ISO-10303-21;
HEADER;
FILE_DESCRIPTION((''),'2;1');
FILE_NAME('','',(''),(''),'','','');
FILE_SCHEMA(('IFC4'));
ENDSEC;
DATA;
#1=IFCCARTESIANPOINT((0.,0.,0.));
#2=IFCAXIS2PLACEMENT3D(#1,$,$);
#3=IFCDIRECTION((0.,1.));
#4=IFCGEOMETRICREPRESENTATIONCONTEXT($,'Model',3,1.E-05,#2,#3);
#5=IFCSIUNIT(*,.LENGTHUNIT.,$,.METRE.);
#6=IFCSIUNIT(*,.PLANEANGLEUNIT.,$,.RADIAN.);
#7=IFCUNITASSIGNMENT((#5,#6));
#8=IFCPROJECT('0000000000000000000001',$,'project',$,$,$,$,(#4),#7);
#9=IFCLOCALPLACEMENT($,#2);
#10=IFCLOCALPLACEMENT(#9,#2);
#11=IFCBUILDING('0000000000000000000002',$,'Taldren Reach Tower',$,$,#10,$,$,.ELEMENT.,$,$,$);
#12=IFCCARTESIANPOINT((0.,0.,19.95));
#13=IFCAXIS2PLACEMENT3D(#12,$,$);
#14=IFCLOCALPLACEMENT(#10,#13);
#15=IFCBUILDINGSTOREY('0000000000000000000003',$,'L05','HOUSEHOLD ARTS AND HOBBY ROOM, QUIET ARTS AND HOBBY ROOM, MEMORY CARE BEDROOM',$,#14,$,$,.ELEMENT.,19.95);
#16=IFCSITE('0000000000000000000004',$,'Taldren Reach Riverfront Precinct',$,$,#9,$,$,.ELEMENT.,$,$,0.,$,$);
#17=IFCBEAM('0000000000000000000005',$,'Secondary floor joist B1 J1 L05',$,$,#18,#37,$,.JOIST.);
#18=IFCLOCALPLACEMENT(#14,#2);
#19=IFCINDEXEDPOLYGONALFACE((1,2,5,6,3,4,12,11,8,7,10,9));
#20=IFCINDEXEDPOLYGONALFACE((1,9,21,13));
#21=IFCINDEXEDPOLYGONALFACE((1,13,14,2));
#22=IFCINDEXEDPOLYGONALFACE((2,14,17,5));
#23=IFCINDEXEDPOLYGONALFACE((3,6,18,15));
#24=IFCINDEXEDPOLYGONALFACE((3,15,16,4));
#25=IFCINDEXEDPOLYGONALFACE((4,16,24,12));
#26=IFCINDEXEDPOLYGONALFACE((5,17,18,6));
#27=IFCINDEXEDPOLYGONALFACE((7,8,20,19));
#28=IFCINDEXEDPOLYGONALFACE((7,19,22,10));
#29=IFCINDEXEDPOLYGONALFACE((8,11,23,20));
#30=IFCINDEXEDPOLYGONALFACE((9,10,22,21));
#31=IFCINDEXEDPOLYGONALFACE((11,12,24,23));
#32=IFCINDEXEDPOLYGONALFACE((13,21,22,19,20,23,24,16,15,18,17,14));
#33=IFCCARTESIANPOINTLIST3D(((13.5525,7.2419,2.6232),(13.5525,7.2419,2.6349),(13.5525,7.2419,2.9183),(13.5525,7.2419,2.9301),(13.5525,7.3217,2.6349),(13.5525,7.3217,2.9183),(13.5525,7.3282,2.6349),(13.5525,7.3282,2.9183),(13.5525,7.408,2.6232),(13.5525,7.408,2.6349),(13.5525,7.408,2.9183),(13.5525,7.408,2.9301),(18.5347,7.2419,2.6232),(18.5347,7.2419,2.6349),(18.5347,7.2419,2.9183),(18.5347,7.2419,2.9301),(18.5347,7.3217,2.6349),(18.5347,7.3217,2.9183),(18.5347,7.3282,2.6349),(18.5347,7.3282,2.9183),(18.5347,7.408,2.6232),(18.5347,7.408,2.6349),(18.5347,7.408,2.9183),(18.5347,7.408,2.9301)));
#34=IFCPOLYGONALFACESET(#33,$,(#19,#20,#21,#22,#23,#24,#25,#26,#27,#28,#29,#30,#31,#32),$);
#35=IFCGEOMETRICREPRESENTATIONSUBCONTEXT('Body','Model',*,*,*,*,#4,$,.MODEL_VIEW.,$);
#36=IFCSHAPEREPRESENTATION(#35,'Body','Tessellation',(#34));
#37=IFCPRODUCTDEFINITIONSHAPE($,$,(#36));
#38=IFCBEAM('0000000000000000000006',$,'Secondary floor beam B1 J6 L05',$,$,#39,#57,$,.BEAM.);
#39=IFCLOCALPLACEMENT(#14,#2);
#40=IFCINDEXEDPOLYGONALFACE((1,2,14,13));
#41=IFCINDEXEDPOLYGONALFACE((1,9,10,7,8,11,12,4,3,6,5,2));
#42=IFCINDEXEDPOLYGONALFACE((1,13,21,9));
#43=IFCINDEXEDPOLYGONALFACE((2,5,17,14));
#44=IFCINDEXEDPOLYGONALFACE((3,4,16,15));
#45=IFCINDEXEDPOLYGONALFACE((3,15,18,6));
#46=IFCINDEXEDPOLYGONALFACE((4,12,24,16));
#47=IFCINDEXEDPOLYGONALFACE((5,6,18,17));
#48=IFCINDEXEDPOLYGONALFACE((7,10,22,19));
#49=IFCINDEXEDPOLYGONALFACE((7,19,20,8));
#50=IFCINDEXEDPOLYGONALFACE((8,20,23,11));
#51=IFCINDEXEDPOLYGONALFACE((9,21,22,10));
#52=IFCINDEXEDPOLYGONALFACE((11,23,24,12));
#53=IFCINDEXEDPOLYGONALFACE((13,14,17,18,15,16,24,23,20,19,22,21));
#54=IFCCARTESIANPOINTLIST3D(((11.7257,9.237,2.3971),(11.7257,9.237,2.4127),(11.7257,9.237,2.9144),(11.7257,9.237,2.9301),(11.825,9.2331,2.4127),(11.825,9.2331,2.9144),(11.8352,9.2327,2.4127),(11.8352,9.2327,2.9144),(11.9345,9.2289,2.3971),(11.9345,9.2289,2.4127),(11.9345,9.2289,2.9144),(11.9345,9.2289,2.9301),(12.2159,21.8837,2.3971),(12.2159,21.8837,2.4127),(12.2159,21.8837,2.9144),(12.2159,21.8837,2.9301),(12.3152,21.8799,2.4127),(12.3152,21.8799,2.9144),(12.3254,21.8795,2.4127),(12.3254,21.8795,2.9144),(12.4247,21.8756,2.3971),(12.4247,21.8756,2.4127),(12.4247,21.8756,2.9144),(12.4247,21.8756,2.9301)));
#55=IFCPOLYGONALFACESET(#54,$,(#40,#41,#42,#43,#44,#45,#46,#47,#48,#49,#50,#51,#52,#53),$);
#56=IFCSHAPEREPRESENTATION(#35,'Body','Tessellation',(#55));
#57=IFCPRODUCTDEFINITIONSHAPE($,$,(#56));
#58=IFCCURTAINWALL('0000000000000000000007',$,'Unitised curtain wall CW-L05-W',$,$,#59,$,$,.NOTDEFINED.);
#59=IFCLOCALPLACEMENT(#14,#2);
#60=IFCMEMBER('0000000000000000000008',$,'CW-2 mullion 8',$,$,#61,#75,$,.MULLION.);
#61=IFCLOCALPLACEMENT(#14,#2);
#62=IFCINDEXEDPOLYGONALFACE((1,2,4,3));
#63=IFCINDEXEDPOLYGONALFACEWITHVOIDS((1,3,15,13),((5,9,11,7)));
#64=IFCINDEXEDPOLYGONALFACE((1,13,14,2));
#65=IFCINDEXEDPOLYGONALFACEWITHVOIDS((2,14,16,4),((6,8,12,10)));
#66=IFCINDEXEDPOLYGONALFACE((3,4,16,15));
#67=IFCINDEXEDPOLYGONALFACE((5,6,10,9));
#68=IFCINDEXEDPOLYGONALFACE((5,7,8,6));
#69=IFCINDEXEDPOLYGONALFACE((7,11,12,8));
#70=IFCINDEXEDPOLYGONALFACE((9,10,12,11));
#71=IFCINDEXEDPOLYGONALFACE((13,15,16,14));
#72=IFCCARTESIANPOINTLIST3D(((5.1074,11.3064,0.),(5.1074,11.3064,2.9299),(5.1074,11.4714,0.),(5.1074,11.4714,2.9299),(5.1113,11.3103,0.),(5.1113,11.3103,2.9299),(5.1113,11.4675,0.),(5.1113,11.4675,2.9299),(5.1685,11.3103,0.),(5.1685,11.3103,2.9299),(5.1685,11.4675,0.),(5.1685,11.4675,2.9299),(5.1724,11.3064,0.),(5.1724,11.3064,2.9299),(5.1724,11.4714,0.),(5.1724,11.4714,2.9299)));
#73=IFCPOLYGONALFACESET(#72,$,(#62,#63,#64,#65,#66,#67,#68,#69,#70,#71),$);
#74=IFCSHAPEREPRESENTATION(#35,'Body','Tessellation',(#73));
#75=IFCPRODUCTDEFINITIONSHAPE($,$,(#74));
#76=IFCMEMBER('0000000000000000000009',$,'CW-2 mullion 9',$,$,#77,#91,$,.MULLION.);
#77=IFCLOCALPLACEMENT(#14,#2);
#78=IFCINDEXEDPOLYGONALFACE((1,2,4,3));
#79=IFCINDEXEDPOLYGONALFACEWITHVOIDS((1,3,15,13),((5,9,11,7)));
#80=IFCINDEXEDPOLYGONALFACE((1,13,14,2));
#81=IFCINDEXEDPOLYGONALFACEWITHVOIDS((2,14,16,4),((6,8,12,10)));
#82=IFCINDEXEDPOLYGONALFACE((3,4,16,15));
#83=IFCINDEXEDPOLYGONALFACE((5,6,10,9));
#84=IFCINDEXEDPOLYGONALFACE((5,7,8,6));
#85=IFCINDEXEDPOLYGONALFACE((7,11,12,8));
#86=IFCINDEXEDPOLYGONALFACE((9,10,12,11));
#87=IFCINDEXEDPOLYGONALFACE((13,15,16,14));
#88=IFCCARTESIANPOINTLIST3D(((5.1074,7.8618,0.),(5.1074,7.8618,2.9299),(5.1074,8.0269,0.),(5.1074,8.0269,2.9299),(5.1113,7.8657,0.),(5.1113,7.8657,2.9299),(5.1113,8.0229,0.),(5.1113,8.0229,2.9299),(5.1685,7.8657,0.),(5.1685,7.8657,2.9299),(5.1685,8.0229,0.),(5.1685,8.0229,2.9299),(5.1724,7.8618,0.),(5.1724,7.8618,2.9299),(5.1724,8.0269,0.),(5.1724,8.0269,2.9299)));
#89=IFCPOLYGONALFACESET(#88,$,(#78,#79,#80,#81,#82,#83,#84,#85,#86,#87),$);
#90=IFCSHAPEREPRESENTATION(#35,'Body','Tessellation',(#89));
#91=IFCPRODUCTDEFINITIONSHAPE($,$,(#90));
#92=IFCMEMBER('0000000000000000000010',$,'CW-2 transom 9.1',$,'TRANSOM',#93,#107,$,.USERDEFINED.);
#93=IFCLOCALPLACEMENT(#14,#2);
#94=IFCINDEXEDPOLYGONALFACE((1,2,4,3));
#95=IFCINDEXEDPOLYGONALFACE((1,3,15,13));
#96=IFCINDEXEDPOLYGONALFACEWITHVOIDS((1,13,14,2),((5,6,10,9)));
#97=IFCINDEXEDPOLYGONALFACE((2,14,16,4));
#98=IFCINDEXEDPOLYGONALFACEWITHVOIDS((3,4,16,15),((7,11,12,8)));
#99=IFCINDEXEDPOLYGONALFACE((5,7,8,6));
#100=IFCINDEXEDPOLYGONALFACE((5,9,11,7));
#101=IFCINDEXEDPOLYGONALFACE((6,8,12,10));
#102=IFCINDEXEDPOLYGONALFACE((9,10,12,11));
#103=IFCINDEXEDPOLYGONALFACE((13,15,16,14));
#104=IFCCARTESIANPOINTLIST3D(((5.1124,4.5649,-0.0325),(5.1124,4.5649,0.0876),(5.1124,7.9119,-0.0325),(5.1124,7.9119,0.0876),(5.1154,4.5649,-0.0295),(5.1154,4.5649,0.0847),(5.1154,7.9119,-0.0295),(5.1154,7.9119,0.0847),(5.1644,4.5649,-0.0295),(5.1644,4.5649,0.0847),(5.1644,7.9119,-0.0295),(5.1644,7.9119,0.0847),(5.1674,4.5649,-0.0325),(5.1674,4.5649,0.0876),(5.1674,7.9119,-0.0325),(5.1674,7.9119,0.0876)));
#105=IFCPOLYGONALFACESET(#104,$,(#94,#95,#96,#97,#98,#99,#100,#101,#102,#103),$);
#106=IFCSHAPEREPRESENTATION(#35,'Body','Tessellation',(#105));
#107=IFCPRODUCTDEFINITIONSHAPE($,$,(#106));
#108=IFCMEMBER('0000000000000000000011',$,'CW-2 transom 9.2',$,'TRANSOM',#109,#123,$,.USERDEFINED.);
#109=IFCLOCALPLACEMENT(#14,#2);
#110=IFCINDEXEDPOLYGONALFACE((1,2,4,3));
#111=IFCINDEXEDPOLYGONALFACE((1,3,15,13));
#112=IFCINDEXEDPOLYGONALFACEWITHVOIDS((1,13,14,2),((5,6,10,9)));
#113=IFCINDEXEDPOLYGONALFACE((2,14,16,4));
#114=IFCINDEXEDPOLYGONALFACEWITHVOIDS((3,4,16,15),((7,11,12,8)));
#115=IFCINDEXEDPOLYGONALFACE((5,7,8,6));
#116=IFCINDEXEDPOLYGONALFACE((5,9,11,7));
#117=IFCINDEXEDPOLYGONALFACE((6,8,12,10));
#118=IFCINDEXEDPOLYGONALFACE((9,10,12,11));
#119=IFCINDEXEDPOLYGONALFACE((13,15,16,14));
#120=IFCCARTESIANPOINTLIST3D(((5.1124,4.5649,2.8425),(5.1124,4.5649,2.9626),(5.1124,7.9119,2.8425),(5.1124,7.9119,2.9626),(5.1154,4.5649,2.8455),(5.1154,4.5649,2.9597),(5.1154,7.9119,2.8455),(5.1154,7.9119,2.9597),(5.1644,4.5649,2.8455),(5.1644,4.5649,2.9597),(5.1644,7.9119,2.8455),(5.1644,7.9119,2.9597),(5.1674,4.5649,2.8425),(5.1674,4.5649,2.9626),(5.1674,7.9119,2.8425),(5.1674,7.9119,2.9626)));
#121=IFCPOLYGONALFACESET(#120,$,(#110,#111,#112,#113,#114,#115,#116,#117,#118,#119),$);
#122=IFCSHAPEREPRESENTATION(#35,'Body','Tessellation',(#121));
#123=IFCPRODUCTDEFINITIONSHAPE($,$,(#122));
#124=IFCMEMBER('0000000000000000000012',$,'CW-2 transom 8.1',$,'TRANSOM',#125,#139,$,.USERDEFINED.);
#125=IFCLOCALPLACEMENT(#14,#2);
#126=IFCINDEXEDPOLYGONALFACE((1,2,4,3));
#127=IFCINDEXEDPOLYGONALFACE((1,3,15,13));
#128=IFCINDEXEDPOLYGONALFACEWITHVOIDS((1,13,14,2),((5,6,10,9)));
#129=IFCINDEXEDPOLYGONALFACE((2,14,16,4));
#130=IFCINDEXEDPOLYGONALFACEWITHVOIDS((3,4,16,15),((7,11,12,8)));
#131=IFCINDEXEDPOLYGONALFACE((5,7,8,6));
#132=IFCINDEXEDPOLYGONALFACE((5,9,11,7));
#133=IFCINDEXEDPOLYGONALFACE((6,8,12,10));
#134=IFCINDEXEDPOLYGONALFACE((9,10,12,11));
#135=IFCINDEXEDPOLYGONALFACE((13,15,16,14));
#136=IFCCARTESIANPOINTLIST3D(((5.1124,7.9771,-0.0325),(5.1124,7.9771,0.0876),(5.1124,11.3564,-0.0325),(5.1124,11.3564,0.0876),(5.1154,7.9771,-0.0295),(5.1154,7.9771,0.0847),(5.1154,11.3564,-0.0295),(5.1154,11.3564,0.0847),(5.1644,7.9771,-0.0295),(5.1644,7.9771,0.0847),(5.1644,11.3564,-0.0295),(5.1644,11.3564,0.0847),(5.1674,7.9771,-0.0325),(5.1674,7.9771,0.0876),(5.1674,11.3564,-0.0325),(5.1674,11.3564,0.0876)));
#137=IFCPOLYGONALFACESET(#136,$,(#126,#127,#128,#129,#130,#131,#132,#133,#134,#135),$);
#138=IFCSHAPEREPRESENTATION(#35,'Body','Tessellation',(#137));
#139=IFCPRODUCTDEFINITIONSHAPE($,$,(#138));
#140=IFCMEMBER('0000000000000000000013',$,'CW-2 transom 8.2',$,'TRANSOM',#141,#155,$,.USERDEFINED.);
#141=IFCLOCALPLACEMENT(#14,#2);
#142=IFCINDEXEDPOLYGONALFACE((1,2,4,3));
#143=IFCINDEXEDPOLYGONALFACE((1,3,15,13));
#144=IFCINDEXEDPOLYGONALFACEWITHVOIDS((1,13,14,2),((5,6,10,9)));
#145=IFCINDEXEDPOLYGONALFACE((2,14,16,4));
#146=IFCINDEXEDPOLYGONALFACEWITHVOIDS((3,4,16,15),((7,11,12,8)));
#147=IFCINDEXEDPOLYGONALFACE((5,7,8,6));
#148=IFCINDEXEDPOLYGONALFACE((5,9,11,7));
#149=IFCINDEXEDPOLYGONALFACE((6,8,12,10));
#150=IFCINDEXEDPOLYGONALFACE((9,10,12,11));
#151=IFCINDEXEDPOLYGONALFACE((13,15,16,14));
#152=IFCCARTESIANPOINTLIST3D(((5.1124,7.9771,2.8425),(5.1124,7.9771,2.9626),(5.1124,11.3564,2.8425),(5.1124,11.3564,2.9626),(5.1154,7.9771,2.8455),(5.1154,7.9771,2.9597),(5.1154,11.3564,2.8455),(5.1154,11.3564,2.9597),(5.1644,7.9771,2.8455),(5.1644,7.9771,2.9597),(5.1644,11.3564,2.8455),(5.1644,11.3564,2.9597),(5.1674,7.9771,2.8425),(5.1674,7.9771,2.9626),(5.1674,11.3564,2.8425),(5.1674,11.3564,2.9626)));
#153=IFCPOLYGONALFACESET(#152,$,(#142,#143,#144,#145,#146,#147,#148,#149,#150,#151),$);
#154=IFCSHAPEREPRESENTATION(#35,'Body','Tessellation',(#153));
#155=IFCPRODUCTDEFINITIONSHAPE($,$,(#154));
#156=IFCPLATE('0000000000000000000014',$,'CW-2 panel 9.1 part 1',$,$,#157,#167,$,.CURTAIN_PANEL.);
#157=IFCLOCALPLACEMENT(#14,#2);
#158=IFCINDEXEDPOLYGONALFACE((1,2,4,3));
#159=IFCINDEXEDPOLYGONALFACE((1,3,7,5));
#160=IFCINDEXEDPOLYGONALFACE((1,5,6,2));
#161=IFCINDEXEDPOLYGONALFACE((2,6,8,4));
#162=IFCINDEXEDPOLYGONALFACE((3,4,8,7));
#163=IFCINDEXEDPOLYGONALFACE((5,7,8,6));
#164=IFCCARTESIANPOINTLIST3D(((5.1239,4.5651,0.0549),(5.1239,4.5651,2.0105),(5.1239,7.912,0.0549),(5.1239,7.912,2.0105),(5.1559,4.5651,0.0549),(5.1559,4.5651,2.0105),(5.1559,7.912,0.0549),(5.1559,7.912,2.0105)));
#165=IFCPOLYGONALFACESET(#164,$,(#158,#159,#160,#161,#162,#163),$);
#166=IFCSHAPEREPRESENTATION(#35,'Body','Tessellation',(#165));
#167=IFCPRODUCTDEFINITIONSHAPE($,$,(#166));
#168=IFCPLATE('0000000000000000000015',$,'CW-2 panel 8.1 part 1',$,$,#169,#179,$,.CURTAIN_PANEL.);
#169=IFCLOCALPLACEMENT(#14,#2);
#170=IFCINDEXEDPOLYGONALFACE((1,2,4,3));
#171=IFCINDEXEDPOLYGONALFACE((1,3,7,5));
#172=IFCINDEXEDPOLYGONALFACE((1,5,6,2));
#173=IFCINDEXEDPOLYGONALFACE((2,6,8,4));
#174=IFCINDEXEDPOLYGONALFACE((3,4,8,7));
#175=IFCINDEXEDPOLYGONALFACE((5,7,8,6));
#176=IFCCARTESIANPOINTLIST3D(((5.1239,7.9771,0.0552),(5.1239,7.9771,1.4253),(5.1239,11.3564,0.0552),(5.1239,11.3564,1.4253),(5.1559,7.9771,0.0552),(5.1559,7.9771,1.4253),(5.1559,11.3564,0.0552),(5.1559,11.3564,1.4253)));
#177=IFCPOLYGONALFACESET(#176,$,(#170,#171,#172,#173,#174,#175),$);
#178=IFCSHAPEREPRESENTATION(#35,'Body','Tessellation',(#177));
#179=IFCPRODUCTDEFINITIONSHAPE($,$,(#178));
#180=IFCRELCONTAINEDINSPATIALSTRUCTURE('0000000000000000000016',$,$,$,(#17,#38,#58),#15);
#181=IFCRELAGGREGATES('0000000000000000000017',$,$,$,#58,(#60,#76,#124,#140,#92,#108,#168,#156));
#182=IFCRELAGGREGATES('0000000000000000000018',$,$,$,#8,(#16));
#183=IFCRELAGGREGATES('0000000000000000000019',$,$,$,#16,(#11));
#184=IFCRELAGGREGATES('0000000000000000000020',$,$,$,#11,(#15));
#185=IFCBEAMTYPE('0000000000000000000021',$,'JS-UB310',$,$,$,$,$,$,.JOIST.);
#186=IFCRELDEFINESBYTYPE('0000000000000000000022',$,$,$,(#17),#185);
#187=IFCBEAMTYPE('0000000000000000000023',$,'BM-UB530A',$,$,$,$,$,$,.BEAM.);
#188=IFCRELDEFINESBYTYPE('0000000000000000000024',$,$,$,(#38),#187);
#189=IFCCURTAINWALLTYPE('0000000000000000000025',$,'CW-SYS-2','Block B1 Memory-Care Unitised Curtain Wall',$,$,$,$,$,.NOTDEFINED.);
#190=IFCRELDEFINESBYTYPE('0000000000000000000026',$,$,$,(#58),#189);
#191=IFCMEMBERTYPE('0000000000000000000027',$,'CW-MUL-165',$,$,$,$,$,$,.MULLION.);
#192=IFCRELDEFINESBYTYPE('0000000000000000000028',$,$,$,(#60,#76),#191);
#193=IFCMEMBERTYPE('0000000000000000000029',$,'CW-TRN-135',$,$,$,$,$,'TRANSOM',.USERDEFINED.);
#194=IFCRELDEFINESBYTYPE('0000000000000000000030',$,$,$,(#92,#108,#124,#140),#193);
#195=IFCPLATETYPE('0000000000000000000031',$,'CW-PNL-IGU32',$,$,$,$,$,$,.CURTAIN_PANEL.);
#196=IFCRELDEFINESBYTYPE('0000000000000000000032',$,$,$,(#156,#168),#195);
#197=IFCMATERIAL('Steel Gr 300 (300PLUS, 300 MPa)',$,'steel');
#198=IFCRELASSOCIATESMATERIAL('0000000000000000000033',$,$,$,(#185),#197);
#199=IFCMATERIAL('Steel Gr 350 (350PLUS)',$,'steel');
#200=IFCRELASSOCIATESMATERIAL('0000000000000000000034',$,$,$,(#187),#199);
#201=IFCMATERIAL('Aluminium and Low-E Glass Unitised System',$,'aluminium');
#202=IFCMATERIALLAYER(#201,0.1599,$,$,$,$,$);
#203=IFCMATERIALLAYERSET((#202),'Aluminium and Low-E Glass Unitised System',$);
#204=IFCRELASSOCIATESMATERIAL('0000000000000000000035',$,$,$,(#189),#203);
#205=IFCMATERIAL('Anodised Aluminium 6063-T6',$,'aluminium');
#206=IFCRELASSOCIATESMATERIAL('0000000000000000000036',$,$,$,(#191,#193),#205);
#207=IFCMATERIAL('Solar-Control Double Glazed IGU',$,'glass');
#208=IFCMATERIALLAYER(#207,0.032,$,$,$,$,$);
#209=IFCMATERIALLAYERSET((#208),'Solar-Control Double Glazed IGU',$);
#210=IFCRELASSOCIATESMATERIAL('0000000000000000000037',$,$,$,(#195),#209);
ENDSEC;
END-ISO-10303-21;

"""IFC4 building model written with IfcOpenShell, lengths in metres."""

from ifc_helpers import new_model, si_unit, direction, frame, origin, origin_2d, place, context, subcontext, project, spatial, rectangle, hollow_rectangle, i_section, extrude, source, transform, mapped, material, layer, layer_set, material_profile, profile_set, type_object, element, aggregate, save


model = new_model("IFC4")

# Units and contexts
model_context = context("Model", 3, precision=1e-05, world=origin(), true_north=direction((0.0, 1.0)))
body_context = subcontext(model_context, "Body", "Model", "MODEL_VIEW")
ifc_project = project(units=[si_unit("LENGTHUNIT", "METRE"), si_unit("PLANEANGLEUNIT", "RADIAN")], contexts=[model_context])

# Site, building, storey
site_placement = place(None, origin())
site = spatial("IfcSite", under=ifc_project, at=site_placement, Name="Taldren Reach Riverfront Precinct", CompositionType="ELEMENT", RefElevation=0.0)
building_placement = place(site_placement, origin())
building = spatial("IfcBuilding", under=site, at=building_placement, Name="Taldren Reach Tower", CompositionType="ELEMENT")
storey_placement = place(building_placement, frame((0.0, 0.0, 19.95)))
storey = spatial("IfcBuildingStorey", under=building, at=storey_placement, Name="L05", Description="HOUSEHOLD ARTS AND HOBBY ROOM, QUIET ARTS AND HOBBY ROOM, MEMORY CARE BEDROOM", CompositionType="ELEMENT", Elevation=19.95)

# Beams
ifc_material_1 = material(Name="Steel Gr 300 (300PLUS, 300 MPa)", Category="steel")
ifc_material_profile_1 = material_profile(ifc_material_1, i_section(OverallWidth=0.166, OverallDepth=0.3069, WebThickness=0.0066, FlangeThickness=0.0117, at=origin_2d()), Name="310UB46.2")
ifc_profile_set_1 = profile_set([ifc_material_profile_1], Name="Steel Gr 300 (300PLUS, 300 MPa)")
beam_type_1 = type_object("IfcBeamType", Name="JS-UB310", PredefinedType="JOIST", material=ifc_profile_set_1)
shared_shape_1 = source(origin(), body_context, "Body", "SweptSolid", [
    extrude(i_section(OverallWidth=0.166, OverallDepth=0.3069, WebThickness=0.0066, FlangeThickness=0.0117, at=origin_2d()), origin(), (0.0, 0.0, 1.0), 4.9822),
])
beam_1_placement = place(storey_placement, frame((13.5525, 7.325, 2.7766), z_axis=(1.0, 0.0, 0.0), x_axis=(0.0, 1.0, 0.0)))
element("IfcBeam", 1, at=beam_1_placement, inside=storey, type_object=beam_type_1, Name="Secondary floor joist B1 J1 L05", PredefinedType="JOIST", context=body_context, shape_type="MappedRepresentation", body=[
    mapped(shared_shape_1, transform((0.0, 0.0, 0.0), scale=1.0)),
])
ifc_material_2 = material(Name="Steel Gr 350 (350PLUS)", Category="steel")
ifc_material_profile_2 = material_profile(ifc_material_2, i_section(OverallWidth=0.209, OverallDepth=0.533, WebThickness=0.0103, FlangeThickness=0.0156, at=origin_2d()), Name="530UB92.4")
ifc_profile_set_2 = profile_set([ifc_material_profile_2], Name="Steel Gr 350 (350PLUS)")
beam_type_2 = type_object("IfcBeamType", Name="BM-UB530A", PredefinedType="BEAM", material=ifc_profile_set_2)
shared_shape_2 = source(origin(), body_context, "Body", "SweptSolid", [
    extrude(i_section(OverallWidth=0.209, OverallDepth=0.533, WebThickness=0.0103, FlangeThickness=0.0156, at=origin_2d()), origin(), (0.0, 0.0, 1.0), 12.6562),
])
beam_2_placement = place(storey_placement, frame((11.8301, 9.2329, 2.6636), z_axis=(0.038735, 0.99925, 0.0), x_axis=(-0.99925, 0.038735, 0.0)))
element("IfcBeam", 2, at=beam_2_placement, inside=storey, type_object=beam_type_2, Name="Secondary floor beam B1 J6 L05", PredefinedType="BEAM", context=body_context, shape_type="MappedRepresentation", body=[
    mapped(shared_shape_2, transform((0.0, 0.0, 0.0), scale=1.0)),
])

# Curtain wall, members, plates
ifc_material_3 = material(Name="Aluminium and Low-E Glass Unitised System", Category="aluminium")
ifc_layer_1 = layer(ifc_material_3, 0.1599)
ifc_layer_set_1 = layer_set([ifc_layer_1], Name="Aluminium and Low-E Glass Unitised System")
curtain_wall_type = type_object("IfcCurtainWallType", Name="CW-SYS-2", Description="Block B1 Memory-Care Unitised Curtain Wall", PredefinedType="NOTDEFINED", material=ifc_layer_set_1)
curtain_wall_placement = place(storey_placement, origin())
curtain_wall = element("IfcCurtainWall", 3, at=curtain_wall_placement, inside=storey, type_object=curtain_wall_type, Name="Unitised curtain wall CW-L05-W", PredefinedType="NOTDEFINED")
ifc_material_4 = material(Name="Anodised Aluminium 6063-T6", Category="aluminium")
ifc_material_profile_3 = material_profile(ifc_material_4, hollow_rectangle(XDim=0.0649, YDim=0.165, WallThickness=0.0039, at=origin_2d()), Name="ALU-165x65x4RHS")
ifc_profile_set_3 = profile_set([ifc_material_profile_3], Name="Anodised Aluminium 6063-T6")
member_type_1 = type_object("IfcMemberType", Name="CW-MUL-165", PredefinedType="MULLION", material=ifc_profile_set_3)
shared_shape_3 = source(origin(), body_context, "Body", "SweptSolid", [
    extrude(hollow_rectangle(XDim=0.0649, YDim=0.165, WallThickness=0.0039, at=origin_2d()), origin(), (0.0, 0.0, 1.0), 2.9299),
])
member_1_placement = place(storey_placement, frame((5.1399, 11.3889, 0.0), z_axis=(0.0, 0.0, 1.0), x_axis=(1.0, 0.0, 0.0)))
member_1 = element("IfcMember", 4, at=member_1_placement, type_object=member_type_1, Name="CW-2 mullion 8", PredefinedType="MULLION", context=body_context, shape_type="MappedRepresentation", body=[
    mapped(shared_shape_3, transform((0.0, 0.0, 0.0), scale=1.0)),
])
member_2_placement = place(storey_placement, frame((5.1399, 7.9443, 0.0), z_axis=(0.0, 0.0, 1.0), x_axis=(1.0, 0.0, 0.0)))
member_2 = element("IfcMember", 5, at=member_2_placement, type_object=member_type_1, Name="CW-2 mullion 9", PredefinedType="MULLION", context=body_context, shape_type="MappedRepresentation", body=[
    mapped(shared_shape_3, transform((0.0, 0.0, 0.0), scale=1.0)),
])
ifc_material_profile_4 = material_profile(ifc_material_4, hollow_rectangle(XDim=0.0549, YDim=0.1201, WallThickness=0.0029, at=origin_2d()), Name="ALU-120x55x3RHS")
ifc_profile_set_4 = profile_set([ifc_material_profile_4], Name="Anodised Aluminium 6063-T6")
member_type_2 = type_object("IfcMemberType", Name="CW-TRN-135", ElementType="TRANSOM", PredefinedType="USERDEFINED", material=ifc_profile_set_4)
shared_shape_4 = source(origin(), body_context, "Body", "SweptSolid", [
    extrude(hollow_rectangle(XDim=0.0549, YDim=0.1201, WallThickness=0.0029, at=origin_2d()), origin(), (0.0, 0.0, 1.0), 3.3469),
])
member_3_placement = place(storey_placement, frame((5.1399, 7.9119, 0.0276), z_axis=(0.0, -1.0, 0.0), x_axis=(1.0, 0.0, 0.0)))
member_3 = element("IfcMember", 6, at=member_3_placement, type_object=member_type_2, Name="CW-2 transom 9.1", ObjectType="TRANSOM", PredefinedType="USERDEFINED", context=body_context, shape_type="MappedRepresentation", body=[
    mapped(shared_shape_4, transform((0.0, 0.0, 0.0), scale=1.0)),
])
member_4_placement = place(storey_placement, frame((5.1399, 7.9119, 2.9026), z_axis=(0.0, -1.0, 0.0), x_axis=(1.0, 0.0, 0.0)))
member_4 = element("IfcMember", 7, at=member_4_placement, type_object=member_type_2, Name="CW-2 transom 9.2", ObjectType="TRANSOM", PredefinedType="USERDEFINED", context=body_context, shape_type="MappedRepresentation", body=[
    mapped(shared_shape_4, transform((0.0, 0.0, 0.0), scale=1.0)),
])
shared_shape_5 = source(origin(), body_context, "Body", "SweptSolid", [
    extrude(hollow_rectangle(XDim=0.0549, YDim=0.1201, WallThickness=0.0029, at=origin_2d()), origin(), (0.0, 0.0, 1.0), 3.3794),
])
member_5_placement = place(storey_placement, frame((5.1399, 11.3564, 0.0276), z_axis=(0.0, -1.0, 0.0), x_axis=(1.0, 0.0, 0.0)))
member_5 = element("IfcMember", 8, at=member_5_placement, type_object=member_type_2, Name="CW-2 transom 8.1", ObjectType="TRANSOM", PredefinedType="USERDEFINED", context=body_context, shape_type="MappedRepresentation", body=[
    mapped(shared_shape_5, transform((0.0, 0.0, 0.0), scale=1.0)),
])
member_6_placement = place(storey_placement, frame((5.1399, 11.3564, 2.9026), z_axis=(0.0, -1.0, 0.0), x_axis=(1.0, 0.0, 0.0)))
member_6 = element("IfcMember", 9, at=member_6_placement, type_object=member_type_2, Name="CW-2 transom 8.2", ObjectType="TRANSOM", PredefinedType="USERDEFINED", context=body_context, shape_type="MappedRepresentation", body=[
    mapped(shared_shape_5, transform((0.0, 0.0, 0.0), scale=1.0)),
])
ifc_material_5 = material(Name="Solar-Control Double Glazed IGU", Category="glass")
ifc_layer_2 = layer(ifc_material_5, 0.032)
ifc_layer_set_2 = layer_set([ifc_layer_2], Name="Solar-Control Double Glazed IGU")
plate_type = type_object("IfcPlateType", Name="CW-PNL-IGU32", PredefinedType="CURTAIN_PANEL", material=ifc_layer_set_2)
shared_shape_6 = source(origin(), body_context, "Body", "SweptSolid", [
    extrude(rectangle(XDim=3.3469, YDim=0.032, at=origin_2d()), origin(), (0.0, 0.0, 1.0), 1.9556),
])
plate_1_placement = place(storey_placement, frame((5.1399, 6.2385, 0.0549), z_axis=(0.0, 0.0, 1.0), x_axis=(0.0, -1.0, 0.0)))
plate_1 = element("IfcPlate", 10, at=plate_1_placement, type_object=plate_type, Name="CW-2 panel 9.1 part 1", PredefinedType="CURTAIN_PANEL", context=body_context, shape_type="MappedRepresentation", body=[
    mapped(shared_shape_6, transform((0.0, 0.0, 0.0), scale=1.0)),
])
shared_shape_7 = source(origin(), body_context, "Body", "SweptSolid", [
    extrude(rectangle(XDim=3.3794, YDim=0.032, at=origin_2d()), origin(), (0.0, 0.0, 1.0), 1.3701),
])
plate_2_placement = place(storey_placement, frame((5.1399, 9.6667, 0.0552), z_axis=(0.0, 0.0, 1.0), x_axis=(0.0, -1.0, 0.0)))
plate_2 = element("IfcPlate", 11, at=plate_2_placement, type_object=plate_type, Name="CW-2 panel 8.1 part 1", PredefinedType="CURTAIN_PANEL", context=body_context, shape_type="MappedRepresentation", body=[
    mapped(shared_shape_7, transform((0.0, 0.0, 0.0), scale=1.0)),
])
aggregate(curtain_wall, [member_1, member_2, member_5, member_6, member_3, member_4, plate_2, plate_1])

save(model, "model.ifc")
